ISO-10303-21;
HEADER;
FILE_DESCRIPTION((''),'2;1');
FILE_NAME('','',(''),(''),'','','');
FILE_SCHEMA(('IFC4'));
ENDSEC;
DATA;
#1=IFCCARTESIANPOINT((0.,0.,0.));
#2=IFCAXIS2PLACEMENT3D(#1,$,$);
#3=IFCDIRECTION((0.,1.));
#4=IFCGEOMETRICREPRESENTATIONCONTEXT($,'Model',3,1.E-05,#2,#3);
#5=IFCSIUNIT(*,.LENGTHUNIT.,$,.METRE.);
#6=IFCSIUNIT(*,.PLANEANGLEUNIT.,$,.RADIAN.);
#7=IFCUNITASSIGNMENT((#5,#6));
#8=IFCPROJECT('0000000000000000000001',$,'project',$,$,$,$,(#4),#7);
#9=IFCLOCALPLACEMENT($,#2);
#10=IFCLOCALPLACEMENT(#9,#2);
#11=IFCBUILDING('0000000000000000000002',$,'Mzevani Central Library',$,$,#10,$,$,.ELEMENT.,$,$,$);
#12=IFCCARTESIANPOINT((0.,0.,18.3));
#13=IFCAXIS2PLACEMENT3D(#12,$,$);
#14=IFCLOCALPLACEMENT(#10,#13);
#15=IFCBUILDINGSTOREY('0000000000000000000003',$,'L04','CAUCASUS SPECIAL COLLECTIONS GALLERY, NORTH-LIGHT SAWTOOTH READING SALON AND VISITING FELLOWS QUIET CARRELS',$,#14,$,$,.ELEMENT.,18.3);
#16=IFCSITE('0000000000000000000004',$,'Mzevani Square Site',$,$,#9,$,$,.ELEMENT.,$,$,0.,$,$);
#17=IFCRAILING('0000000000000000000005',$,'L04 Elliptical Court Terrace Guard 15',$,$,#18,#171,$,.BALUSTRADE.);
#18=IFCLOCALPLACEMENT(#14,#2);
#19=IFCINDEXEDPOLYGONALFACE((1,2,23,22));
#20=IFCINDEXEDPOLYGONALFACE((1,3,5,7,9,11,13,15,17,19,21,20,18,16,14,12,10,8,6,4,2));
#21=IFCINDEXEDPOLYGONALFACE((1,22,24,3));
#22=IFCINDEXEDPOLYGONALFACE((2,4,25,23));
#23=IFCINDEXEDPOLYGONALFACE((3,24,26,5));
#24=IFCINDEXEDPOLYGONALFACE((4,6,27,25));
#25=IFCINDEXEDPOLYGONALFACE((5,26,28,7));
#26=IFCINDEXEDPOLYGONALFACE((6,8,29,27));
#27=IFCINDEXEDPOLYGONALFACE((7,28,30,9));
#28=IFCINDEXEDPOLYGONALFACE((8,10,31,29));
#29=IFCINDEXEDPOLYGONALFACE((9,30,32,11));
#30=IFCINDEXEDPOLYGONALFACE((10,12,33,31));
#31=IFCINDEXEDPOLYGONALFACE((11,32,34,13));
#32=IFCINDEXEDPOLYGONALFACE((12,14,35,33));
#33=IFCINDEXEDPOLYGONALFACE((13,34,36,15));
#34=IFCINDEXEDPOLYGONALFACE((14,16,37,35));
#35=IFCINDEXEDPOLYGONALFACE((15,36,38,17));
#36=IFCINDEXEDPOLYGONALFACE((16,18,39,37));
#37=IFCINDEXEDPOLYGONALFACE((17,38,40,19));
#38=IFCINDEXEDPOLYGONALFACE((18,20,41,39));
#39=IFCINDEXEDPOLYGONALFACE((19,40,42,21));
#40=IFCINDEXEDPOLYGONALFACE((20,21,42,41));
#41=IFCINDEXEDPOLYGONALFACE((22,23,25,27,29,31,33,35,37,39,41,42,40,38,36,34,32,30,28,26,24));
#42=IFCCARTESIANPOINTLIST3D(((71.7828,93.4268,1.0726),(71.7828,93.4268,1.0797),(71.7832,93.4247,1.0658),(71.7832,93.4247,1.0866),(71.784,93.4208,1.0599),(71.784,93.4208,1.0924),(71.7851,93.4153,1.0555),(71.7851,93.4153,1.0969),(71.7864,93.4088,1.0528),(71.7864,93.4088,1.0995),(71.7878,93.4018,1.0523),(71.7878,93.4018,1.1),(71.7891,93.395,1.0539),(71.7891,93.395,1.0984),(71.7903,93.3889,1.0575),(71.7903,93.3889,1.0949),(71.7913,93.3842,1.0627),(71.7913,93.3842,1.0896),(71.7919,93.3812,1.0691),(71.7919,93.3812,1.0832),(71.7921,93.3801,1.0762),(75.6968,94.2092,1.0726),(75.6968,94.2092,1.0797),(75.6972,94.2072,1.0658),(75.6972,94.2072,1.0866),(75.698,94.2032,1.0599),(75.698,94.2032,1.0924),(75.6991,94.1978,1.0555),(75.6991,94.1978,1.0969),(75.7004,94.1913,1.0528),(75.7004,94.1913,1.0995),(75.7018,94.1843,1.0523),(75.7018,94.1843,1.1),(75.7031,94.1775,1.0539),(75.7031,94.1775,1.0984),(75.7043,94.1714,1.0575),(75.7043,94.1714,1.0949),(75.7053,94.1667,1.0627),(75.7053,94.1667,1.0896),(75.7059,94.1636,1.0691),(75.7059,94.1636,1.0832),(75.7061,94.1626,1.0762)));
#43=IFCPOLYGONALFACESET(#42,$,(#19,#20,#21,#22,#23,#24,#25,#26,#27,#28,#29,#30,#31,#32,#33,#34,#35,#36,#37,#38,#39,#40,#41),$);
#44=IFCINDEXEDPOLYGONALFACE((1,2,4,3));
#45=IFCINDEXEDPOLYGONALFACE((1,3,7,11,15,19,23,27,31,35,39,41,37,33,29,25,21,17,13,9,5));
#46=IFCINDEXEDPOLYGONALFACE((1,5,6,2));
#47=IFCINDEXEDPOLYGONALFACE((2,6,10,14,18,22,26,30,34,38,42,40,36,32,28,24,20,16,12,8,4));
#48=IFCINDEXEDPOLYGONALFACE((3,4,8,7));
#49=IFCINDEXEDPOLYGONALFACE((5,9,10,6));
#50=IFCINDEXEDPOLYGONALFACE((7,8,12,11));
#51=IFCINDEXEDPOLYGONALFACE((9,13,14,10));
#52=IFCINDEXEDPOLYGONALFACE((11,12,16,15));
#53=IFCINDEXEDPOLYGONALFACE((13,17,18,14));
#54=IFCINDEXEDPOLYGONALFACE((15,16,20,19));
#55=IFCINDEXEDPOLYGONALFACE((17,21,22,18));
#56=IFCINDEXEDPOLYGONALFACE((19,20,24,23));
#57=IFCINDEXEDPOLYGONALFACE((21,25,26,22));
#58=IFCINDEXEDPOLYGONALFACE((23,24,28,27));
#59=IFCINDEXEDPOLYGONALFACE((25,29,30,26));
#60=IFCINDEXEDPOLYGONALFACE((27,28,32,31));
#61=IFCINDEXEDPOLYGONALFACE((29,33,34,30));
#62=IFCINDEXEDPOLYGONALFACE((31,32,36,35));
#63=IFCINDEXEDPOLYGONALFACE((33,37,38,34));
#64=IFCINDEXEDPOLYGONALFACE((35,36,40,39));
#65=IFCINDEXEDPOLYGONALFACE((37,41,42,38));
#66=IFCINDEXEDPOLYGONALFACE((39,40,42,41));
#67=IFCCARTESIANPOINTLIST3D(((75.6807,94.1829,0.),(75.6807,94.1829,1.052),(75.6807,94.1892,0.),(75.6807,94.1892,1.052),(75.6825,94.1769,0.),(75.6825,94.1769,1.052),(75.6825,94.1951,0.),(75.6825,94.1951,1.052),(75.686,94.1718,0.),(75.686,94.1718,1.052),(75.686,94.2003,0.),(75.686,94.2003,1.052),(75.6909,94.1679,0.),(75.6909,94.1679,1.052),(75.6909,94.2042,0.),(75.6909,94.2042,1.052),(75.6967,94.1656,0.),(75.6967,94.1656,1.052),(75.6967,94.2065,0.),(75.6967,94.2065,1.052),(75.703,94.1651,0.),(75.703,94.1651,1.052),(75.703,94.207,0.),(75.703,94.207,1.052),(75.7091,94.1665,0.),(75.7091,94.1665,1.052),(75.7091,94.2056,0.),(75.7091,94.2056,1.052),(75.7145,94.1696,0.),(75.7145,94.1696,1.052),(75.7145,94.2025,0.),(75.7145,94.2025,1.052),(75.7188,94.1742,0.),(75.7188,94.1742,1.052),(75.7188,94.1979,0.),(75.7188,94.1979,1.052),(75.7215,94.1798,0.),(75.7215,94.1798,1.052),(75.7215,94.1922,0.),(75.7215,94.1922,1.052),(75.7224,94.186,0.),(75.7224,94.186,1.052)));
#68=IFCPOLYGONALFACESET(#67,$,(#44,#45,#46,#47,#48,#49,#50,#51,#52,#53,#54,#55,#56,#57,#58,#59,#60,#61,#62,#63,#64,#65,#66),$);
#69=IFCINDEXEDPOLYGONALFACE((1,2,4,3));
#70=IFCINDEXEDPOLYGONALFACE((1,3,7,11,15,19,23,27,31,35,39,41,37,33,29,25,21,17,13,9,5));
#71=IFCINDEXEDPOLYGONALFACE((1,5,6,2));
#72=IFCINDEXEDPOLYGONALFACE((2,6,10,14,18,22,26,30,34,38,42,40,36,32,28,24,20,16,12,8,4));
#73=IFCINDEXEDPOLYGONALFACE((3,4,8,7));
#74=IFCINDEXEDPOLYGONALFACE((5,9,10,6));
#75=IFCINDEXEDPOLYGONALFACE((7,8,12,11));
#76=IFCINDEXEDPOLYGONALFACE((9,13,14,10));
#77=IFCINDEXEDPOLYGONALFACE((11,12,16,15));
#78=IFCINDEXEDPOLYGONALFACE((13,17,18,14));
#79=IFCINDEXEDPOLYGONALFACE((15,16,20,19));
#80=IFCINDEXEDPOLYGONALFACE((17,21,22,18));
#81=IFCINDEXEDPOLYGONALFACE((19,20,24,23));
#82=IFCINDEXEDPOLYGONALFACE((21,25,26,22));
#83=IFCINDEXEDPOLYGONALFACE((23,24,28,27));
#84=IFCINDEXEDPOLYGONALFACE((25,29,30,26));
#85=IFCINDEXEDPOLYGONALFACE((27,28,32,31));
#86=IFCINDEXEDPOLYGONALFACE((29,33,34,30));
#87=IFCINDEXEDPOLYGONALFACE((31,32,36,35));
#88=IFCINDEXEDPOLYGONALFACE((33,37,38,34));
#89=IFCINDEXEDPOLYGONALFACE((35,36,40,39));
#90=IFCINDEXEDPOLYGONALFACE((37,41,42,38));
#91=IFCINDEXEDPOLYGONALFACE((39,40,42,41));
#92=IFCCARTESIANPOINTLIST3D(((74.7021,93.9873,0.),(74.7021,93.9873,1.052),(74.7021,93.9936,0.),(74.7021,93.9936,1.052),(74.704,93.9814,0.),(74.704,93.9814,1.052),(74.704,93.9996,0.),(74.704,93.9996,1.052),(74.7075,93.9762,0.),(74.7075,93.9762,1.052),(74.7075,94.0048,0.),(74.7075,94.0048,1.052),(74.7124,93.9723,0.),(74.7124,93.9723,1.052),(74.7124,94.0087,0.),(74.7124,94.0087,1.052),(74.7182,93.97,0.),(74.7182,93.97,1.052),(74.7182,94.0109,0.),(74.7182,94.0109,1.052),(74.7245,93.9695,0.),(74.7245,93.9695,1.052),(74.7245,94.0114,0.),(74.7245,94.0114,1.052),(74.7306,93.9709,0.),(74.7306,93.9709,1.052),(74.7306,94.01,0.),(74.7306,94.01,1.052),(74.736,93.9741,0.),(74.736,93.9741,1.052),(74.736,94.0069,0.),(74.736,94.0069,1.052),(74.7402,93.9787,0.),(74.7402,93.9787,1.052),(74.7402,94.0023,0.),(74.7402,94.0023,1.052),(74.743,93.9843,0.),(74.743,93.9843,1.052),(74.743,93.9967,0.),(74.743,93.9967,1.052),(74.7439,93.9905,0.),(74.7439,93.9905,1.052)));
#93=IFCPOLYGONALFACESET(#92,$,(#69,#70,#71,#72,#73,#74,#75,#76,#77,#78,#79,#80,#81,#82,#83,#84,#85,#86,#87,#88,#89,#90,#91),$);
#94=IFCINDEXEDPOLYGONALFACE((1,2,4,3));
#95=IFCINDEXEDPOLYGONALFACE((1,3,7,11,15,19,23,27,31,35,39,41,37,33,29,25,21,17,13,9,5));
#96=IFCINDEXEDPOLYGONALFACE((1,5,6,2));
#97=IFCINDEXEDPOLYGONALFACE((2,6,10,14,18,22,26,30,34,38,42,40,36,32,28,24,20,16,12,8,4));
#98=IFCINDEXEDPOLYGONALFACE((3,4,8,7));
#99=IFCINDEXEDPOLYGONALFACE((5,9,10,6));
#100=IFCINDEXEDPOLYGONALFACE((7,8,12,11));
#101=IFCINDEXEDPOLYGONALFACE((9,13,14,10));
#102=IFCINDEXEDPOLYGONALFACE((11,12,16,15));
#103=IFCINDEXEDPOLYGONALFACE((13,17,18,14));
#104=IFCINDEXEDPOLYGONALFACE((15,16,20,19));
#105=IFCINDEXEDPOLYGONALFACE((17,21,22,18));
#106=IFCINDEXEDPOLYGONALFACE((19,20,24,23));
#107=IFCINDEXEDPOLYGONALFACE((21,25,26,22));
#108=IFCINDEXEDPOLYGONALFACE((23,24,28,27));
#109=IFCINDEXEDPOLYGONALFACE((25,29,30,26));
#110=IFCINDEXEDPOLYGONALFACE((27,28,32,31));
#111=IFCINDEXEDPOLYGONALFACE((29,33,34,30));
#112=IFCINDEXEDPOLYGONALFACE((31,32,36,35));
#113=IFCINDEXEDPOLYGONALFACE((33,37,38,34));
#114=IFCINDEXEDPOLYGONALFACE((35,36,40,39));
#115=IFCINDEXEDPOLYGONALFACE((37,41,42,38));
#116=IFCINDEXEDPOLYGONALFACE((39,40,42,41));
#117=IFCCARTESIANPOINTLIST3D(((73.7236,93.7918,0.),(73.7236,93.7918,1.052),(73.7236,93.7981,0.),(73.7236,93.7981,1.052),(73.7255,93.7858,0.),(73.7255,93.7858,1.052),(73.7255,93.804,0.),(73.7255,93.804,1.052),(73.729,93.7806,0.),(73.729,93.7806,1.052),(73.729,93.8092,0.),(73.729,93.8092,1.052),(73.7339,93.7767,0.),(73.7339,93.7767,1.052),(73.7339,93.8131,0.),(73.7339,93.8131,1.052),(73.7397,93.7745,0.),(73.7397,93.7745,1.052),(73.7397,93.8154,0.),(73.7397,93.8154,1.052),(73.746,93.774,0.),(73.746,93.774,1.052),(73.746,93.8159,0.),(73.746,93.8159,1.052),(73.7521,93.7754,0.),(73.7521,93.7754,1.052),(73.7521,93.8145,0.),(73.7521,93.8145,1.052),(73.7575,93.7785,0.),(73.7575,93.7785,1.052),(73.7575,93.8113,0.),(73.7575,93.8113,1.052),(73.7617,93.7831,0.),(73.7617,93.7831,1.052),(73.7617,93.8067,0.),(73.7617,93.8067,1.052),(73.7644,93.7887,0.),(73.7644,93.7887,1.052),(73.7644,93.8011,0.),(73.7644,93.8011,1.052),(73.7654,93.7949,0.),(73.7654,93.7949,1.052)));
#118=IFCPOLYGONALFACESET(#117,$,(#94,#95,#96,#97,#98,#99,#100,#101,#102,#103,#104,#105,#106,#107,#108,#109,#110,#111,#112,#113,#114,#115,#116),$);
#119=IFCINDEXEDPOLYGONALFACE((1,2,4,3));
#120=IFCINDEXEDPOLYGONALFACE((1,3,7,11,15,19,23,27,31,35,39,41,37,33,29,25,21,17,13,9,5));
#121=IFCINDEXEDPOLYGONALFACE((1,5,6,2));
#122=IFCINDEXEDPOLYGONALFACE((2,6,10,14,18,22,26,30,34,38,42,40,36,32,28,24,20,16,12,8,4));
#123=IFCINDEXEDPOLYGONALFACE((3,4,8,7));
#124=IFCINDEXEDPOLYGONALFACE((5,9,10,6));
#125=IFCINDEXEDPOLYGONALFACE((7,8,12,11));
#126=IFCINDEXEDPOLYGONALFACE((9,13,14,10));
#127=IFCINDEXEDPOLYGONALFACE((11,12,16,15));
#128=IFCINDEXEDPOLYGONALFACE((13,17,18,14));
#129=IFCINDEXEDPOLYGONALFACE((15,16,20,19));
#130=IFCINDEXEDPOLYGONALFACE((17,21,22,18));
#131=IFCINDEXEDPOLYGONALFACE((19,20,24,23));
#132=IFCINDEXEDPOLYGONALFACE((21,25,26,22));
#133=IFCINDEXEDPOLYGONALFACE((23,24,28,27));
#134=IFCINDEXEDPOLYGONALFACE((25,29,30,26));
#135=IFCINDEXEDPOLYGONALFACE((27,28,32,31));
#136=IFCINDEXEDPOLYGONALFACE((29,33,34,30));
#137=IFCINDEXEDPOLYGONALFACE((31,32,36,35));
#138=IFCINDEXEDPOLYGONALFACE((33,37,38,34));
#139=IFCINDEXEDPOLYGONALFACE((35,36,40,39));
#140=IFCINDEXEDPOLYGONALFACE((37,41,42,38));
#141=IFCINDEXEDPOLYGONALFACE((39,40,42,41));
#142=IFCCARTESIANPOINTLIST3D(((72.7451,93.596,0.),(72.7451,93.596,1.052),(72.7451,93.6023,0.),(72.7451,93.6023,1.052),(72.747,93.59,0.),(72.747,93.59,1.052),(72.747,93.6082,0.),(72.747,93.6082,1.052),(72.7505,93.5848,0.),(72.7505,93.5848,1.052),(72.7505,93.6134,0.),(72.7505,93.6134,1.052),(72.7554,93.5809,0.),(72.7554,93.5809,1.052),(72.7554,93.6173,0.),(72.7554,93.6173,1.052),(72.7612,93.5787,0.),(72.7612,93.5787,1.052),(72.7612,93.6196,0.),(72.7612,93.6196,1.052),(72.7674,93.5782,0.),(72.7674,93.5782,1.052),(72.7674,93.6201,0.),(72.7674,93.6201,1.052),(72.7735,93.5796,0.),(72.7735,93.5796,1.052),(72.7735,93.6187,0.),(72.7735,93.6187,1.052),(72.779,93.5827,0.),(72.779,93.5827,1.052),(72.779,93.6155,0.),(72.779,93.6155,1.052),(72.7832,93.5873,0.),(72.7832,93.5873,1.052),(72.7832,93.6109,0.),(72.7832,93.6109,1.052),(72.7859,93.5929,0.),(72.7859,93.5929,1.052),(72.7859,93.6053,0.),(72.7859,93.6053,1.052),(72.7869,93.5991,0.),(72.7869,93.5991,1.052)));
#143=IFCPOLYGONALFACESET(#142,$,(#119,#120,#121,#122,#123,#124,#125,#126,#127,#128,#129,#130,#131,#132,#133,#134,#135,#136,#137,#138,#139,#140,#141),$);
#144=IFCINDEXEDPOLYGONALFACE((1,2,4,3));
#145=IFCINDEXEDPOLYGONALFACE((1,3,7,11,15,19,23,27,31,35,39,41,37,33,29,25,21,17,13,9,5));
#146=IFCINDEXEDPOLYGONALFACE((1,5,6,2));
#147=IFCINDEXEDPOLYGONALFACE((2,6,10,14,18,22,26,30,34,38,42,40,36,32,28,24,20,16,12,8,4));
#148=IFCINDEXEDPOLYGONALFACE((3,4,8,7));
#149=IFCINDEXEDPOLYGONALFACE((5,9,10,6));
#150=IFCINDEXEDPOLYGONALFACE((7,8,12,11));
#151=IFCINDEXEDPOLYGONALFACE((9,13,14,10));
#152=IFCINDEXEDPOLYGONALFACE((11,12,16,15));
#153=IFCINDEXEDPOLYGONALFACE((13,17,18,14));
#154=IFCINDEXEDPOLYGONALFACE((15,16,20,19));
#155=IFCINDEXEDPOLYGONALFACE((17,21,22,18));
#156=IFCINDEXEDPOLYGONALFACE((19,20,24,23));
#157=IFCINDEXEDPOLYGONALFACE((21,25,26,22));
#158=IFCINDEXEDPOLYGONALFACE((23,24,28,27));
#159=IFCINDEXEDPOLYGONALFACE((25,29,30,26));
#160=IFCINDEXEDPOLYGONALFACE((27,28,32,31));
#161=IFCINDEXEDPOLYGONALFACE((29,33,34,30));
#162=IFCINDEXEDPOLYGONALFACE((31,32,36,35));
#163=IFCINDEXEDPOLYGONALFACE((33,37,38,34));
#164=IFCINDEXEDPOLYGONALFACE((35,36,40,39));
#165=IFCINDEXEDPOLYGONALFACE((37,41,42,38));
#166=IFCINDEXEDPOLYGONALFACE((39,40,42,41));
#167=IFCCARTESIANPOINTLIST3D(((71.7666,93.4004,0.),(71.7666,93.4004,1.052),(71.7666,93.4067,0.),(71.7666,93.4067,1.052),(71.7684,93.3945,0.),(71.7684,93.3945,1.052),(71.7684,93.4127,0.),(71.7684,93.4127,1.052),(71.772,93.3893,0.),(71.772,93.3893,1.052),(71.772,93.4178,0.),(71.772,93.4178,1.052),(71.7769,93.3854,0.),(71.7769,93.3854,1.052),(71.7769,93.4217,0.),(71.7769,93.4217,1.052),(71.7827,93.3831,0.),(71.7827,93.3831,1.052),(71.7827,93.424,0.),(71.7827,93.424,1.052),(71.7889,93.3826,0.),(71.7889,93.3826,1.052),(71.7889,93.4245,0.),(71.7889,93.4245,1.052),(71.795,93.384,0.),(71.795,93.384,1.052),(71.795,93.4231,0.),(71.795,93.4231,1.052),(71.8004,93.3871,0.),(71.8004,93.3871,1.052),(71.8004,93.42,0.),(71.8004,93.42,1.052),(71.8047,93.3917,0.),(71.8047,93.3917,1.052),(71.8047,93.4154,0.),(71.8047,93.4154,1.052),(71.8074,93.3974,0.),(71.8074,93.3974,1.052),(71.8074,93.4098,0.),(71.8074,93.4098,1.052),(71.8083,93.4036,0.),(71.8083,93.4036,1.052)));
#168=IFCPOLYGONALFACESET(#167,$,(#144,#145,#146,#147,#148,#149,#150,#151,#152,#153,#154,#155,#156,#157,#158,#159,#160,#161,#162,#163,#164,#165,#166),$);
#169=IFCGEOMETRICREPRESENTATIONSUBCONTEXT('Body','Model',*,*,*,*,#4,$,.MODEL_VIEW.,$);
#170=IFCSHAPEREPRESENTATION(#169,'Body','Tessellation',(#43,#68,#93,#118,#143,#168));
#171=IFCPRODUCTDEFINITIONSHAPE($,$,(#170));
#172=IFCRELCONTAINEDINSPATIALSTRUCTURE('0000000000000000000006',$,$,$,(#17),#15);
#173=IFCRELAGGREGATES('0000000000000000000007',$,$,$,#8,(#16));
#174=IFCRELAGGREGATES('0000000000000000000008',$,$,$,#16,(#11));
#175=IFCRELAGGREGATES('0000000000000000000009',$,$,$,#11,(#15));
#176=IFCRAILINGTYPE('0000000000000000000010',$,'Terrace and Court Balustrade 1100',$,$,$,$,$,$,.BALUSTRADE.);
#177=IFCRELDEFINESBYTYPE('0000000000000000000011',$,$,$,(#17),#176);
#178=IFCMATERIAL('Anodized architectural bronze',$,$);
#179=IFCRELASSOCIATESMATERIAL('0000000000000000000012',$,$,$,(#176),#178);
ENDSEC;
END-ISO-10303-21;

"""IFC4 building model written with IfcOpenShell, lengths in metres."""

from ifc_helpers import new_model, si_unit, direction, frame, origin, origin_2d, place, context, subcontext, project, spatial, circle, extrude, material, type_object, element, save


model = new_model("IFC4")

# Units and contexts
model_context = context("Model", 3, precision=1e-05, world=origin(), true_north=direction((0.0, 1.0)))
body_context = subcontext(model_context, "Body", "Model", "MODEL_VIEW")
ifc_project = project(units=[si_unit("LENGTHUNIT", "METRE"), si_unit("PLANEANGLEUNIT", "RADIAN")], contexts=[model_context])

# Site, building, storey
site_placement = place(None, origin())
site = spatial("IfcSite", under=ifc_project, at=site_placement, Name="Mzevani Square Site", CompositionType="ELEMENT", RefElevation=0.0)
building_placement = place(site_placement, origin())
building = spatial("IfcBuilding", under=site, at=building_placement, Name="Mzevani Central Library", CompositionType="ELEMENT")
storey_placement = place(building_placement, frame((0.0, 0.0, 18.3)))
storey = spatial("IfcBuildingStorey", under=building, at=storey_placement, Name="L04", Description="CAUCASUS SPECIAL COLLECTIONS GALLERY, NORTH-LIGHT SAWTOOTH READING SALON AND VISITING FELLOWS QUIET CARRELS", CompositionType="ELEMENT", Elevation=18.3)

# Railing
ifc_material_1 = material(Name="Anodized architectural bronze")
railing_type = type_object("IfcRailingType", Name="Terrace and Court Balustrade 1100", PredefinedType="BALUSTRADE", material=ifc_material_1)
railing_1_placement = place(storey_placement, frame((75.7014, 94.186, 0.0)))
element("IfcRailing", 1, at=railing_1_placement, inside=storey, type_object=railing_type, Name="L04 Elliptical Court Terrace Guard 15", PredefinedType="BALUSTRADE", context=body_context, shape_type="SweptSolid", body=[
    extrude(circle(Radius=0.0239, at=origin_2d()), frame((0.0, 0.0, 1.0762), z_axis=(-0.980597, -0.196034, 0.0), x_axis=(0.196034, -0.980597, 0.0)), (0.0, 0.0, 1.0), 3.9915),
    extrude(circle(Radius=0.021, at=origin_2d()), origin(), (0.0, 0.0, 1.0), 1.052),
    extrude(circle(Radius=0.021, at=origin_2d()), frame((-0.9785, -0.1956, 0.0)), (0.0, 0.0, 1.0), 1.052),
    extrude(circle(Radius=0.021, at=origin_2d()), frame((-1.957, -0.3911, 0.0)), (0.0, 0.0, 1.0), 1.052),
    extrude(circle(Radius=0.021, at=origin_2d()), frame((-2.9355, -0.5869, 0.0)), (0.0, 0.0, 1.0), 1.052),
    extrude(circle(Radius=0.021, at=origin_2d()), frame((-3.9141, -0.7825, 0.0)), (0.0, 0.0, 1.0), 1.052),
])

save(model, "model.ifc")
